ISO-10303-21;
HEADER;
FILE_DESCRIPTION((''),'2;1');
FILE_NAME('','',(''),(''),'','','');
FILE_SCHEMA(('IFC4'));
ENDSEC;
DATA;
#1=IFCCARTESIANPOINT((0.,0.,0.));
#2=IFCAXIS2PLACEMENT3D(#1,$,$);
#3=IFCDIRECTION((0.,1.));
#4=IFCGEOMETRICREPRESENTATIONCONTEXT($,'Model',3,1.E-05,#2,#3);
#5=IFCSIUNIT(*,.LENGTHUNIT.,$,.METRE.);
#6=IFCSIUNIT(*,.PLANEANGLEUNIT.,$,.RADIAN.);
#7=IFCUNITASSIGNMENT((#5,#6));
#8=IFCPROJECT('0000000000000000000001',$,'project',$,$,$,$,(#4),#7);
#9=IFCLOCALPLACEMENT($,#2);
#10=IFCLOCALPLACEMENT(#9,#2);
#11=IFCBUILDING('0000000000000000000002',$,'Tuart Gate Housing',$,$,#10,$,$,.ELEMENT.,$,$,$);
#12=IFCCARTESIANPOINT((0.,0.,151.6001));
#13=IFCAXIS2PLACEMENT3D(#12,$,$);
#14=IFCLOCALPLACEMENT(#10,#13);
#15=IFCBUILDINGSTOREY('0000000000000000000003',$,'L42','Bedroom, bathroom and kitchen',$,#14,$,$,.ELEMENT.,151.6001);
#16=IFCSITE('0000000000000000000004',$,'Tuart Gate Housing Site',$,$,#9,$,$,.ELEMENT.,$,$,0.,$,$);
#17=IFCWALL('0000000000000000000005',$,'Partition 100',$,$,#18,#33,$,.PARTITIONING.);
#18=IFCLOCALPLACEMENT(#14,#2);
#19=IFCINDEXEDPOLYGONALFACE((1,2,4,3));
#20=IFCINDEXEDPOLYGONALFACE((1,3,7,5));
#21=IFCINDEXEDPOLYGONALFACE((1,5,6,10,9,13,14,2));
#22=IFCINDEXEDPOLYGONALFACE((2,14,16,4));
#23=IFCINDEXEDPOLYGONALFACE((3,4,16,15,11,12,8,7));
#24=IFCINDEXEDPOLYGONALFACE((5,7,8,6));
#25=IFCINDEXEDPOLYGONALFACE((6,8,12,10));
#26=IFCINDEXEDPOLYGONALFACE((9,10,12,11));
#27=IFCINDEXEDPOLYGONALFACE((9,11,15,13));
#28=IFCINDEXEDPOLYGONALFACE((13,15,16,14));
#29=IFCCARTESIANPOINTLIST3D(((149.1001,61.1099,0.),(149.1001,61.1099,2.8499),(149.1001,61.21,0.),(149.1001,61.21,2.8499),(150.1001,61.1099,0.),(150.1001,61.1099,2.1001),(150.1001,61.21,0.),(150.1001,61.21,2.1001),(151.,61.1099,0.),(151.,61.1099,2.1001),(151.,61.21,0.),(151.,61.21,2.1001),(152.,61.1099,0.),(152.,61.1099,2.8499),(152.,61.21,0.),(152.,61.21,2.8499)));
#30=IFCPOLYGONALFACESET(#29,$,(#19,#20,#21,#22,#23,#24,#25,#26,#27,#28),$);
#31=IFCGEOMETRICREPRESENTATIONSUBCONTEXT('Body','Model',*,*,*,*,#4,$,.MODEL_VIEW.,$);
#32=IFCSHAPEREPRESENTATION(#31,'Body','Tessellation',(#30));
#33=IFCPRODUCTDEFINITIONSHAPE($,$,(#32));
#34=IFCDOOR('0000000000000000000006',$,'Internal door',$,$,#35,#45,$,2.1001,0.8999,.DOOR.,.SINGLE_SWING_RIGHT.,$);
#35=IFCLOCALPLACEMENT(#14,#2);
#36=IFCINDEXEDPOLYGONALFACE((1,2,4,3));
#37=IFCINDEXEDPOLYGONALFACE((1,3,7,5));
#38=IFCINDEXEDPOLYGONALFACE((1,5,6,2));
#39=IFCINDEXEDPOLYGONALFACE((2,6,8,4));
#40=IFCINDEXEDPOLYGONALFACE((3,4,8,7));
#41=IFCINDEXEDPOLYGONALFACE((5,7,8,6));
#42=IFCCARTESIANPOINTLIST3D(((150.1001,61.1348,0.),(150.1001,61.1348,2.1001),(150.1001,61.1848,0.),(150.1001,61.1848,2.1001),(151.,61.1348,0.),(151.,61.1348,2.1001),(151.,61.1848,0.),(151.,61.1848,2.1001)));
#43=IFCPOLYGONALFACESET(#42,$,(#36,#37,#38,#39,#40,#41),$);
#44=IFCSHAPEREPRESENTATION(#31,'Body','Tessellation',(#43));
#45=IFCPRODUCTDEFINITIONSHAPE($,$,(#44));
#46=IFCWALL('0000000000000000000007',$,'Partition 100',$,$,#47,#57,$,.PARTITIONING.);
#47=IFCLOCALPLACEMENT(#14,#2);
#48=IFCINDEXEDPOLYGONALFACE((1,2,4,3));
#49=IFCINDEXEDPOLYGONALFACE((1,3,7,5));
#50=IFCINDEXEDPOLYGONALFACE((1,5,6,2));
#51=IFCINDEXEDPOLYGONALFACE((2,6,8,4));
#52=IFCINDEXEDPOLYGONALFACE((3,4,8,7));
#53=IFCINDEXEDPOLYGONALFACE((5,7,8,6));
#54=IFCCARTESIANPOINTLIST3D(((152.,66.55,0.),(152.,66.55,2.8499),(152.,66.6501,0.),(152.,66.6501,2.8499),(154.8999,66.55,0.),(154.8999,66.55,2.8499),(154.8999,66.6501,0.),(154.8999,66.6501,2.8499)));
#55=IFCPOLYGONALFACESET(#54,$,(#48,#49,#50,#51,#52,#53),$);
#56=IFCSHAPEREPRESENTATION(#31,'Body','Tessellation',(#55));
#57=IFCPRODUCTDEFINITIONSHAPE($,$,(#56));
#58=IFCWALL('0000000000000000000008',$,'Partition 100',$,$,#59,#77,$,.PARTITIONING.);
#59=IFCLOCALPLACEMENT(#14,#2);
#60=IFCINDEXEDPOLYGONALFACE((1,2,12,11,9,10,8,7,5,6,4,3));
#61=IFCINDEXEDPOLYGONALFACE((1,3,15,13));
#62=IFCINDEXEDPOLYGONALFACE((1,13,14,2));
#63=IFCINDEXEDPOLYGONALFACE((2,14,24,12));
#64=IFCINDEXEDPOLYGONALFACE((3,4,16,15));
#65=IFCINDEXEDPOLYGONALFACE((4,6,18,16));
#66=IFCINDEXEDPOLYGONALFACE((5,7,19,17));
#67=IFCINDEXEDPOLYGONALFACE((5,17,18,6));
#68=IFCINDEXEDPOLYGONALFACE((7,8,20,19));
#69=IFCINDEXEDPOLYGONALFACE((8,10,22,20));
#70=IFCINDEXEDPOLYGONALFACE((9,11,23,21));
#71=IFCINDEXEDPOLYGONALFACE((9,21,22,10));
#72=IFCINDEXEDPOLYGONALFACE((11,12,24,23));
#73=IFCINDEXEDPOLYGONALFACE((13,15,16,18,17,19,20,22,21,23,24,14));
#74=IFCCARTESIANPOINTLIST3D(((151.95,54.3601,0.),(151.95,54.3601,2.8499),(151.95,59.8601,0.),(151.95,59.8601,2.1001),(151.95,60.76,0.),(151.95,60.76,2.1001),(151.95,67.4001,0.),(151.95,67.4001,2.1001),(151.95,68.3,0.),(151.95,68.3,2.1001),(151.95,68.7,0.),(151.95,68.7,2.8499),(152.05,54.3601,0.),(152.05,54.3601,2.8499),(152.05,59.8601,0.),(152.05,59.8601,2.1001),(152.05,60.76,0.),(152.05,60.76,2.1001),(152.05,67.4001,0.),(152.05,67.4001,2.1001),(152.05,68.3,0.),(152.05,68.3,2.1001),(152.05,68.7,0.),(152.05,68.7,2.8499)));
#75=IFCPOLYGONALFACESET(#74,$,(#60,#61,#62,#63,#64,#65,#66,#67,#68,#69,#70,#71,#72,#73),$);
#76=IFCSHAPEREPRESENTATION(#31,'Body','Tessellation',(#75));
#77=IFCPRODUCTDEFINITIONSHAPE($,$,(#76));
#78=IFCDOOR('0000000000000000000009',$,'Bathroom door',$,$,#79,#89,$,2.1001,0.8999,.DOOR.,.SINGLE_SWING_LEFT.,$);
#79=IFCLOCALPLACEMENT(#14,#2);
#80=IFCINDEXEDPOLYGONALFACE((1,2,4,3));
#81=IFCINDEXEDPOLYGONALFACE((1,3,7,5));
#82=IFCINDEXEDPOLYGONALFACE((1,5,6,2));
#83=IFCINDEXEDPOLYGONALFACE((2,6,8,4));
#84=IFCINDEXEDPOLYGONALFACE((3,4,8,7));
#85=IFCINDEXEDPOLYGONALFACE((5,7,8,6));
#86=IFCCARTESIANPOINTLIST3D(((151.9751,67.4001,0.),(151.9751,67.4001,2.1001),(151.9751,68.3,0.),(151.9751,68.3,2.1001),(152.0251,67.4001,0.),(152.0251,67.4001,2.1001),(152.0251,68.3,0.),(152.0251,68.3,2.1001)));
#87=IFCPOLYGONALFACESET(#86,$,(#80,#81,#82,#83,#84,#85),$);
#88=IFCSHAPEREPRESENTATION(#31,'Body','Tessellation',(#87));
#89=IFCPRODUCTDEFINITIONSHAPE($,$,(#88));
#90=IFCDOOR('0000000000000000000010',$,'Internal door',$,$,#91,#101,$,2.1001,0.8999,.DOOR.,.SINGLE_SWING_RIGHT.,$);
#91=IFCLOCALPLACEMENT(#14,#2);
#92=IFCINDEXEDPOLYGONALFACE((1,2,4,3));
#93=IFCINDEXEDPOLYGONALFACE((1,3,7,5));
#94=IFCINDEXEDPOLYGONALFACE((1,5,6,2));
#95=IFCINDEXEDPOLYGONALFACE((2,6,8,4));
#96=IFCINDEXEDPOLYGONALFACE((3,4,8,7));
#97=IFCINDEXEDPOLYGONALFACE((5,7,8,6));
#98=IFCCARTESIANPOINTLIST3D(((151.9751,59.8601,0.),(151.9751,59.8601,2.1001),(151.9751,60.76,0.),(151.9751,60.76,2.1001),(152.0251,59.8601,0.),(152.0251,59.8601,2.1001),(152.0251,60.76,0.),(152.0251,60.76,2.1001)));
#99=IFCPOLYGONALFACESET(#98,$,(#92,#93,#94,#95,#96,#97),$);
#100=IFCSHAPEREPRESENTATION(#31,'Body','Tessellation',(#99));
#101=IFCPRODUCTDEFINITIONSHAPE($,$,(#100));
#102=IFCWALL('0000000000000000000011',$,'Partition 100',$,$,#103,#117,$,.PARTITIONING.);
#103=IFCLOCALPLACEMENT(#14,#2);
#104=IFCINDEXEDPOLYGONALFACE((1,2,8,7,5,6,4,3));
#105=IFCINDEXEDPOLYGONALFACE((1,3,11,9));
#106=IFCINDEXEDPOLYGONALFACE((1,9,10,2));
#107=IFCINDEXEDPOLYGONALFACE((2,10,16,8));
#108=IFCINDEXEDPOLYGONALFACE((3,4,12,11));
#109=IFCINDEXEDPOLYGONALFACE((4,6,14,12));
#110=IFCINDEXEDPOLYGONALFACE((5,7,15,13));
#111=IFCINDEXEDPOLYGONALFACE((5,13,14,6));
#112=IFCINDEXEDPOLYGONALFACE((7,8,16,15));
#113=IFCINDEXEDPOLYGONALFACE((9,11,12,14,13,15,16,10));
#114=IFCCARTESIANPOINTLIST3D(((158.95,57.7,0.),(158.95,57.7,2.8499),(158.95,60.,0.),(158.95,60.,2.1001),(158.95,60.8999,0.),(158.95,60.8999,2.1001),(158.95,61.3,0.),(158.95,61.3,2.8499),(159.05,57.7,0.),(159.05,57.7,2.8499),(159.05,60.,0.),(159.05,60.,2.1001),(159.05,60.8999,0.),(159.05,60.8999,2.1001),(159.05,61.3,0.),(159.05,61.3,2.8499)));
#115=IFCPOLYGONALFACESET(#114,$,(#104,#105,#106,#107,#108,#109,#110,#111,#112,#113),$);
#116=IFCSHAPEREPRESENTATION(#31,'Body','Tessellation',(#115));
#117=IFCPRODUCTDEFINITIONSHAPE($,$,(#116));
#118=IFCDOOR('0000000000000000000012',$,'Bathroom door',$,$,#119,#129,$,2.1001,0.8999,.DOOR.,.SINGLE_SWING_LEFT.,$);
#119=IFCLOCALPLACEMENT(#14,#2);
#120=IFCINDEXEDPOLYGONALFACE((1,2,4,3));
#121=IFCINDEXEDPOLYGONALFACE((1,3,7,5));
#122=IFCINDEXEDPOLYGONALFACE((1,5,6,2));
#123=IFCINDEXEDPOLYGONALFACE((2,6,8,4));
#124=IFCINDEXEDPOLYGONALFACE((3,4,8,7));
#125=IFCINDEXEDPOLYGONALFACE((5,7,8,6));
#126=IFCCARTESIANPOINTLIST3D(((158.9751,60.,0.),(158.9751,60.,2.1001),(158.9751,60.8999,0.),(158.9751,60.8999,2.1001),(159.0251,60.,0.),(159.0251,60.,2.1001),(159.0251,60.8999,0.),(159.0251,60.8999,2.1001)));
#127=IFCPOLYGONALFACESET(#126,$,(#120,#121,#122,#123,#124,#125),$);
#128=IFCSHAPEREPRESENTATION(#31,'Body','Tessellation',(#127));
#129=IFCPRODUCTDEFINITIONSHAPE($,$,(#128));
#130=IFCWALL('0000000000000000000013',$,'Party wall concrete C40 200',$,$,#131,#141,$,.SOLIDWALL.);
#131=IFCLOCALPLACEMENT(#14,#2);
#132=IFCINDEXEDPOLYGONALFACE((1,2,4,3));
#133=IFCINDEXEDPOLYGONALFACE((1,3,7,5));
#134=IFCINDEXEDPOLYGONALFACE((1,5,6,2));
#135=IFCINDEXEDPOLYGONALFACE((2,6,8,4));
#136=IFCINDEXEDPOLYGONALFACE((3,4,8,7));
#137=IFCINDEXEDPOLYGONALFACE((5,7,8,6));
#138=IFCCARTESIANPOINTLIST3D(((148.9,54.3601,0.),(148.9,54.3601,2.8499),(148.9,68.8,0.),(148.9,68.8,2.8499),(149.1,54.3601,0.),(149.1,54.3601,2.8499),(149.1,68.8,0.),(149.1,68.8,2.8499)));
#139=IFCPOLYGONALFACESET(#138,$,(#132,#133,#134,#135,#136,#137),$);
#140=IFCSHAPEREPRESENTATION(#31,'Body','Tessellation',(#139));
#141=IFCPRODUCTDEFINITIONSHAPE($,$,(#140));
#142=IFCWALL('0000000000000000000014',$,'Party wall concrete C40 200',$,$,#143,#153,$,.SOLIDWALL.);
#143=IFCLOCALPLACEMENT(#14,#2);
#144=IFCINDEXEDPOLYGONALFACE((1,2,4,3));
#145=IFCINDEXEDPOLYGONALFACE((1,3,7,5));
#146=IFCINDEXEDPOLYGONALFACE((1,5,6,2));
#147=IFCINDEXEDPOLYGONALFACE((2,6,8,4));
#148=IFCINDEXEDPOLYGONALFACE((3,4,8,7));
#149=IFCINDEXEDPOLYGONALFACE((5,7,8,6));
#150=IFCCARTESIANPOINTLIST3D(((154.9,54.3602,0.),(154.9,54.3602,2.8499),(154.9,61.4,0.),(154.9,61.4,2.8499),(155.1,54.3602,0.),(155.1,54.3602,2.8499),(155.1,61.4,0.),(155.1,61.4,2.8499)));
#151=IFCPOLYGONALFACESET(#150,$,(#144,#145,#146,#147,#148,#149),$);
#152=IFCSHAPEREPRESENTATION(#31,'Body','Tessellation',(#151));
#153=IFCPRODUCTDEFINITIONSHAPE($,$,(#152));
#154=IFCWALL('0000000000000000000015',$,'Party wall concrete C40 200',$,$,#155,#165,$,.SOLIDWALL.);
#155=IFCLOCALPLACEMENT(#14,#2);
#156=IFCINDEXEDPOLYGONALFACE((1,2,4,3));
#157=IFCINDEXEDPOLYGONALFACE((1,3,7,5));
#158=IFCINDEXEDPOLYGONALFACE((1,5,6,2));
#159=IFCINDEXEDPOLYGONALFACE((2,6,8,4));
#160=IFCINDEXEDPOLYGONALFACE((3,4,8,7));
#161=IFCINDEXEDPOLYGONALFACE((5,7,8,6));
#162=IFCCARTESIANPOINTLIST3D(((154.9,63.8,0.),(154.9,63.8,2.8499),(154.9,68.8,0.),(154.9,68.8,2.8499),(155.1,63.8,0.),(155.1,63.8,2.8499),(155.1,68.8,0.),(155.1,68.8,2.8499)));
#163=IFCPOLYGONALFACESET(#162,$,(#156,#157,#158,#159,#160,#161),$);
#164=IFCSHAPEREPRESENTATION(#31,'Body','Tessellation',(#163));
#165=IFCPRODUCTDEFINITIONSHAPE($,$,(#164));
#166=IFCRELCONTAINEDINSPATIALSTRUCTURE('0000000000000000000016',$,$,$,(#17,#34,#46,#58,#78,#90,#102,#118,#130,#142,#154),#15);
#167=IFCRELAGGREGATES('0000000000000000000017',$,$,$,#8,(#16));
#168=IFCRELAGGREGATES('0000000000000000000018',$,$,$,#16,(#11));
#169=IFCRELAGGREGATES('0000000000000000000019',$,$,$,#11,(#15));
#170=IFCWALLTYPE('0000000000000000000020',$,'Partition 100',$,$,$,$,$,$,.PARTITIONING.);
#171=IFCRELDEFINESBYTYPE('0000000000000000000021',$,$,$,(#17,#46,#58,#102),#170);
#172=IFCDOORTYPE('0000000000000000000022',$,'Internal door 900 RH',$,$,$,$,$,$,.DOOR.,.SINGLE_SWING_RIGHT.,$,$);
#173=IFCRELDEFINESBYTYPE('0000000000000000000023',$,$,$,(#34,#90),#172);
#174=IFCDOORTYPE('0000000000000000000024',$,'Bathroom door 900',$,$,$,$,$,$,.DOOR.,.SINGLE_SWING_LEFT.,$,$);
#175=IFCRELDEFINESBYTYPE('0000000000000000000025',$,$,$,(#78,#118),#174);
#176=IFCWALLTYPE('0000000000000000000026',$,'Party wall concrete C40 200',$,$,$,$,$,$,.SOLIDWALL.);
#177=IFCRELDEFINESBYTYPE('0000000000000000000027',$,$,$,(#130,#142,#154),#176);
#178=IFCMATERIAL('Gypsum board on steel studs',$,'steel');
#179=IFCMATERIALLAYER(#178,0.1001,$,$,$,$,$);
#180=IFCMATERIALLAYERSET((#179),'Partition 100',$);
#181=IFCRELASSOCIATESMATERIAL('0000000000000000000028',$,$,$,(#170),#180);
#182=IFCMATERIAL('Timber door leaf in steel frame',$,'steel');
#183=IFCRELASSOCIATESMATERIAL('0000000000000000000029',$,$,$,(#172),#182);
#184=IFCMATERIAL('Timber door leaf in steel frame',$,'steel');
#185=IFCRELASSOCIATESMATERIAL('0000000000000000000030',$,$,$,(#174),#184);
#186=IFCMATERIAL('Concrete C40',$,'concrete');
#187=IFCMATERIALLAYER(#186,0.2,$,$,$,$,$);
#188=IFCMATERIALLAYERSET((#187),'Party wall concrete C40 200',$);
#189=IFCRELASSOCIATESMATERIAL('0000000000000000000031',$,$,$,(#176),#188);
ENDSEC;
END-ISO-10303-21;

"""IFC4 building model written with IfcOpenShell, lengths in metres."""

from ifc_helpers import new_model, si_unit, direction, frame, frame_2d, origin, place, context, subcontext, project, spatial, rectangle, extrude, material, layer, layer_set, type_object, element, fill, save


model = new_model("IFC4")

# Units and contexts
model_context = context("Model", 3, precision=1e-05, world=origin(), true_north=direction((0.0, 1.0)))
body_context = subcontext(model_context, "Body", "Model", "MODEL_VIEW")
ifc_project = project(units=[si_unit("LENGTHUNIT", "METRE"), si_unit("PLANEANGLEUNIT", "RADIAN")], contexts=[model_context])

# Site, building, storey
site_placement = place(None, origin())
site = spatial("IfcSite", under=ifc_project, at=site_placement, Name="Tuart Gate Housing Site", CompositionType="ELEMENT", RefElevation=0.0)
building_placement = place(site_placement, origin())
building = spatial("IfcBuilding", under=site, at=building_placement, Name="Tuart Gate Housing", CompositionType="ELEMENT")
storey_placement = place(building_placement, frame((0.0, 0.0, 151.6001)))
storey = spatial("IfcBuildingStorey", under=building, at=storey_placement, Name="L42", Description="Bedroom, bathroom and kitchen", CompositionType="ELEMENT", Elevation=151.6001)

# Shared definitions
ifc_material_1 = material(Name="Gypsum board on steel studs", Category="steel")
ifc_layer_1 = layer(ifc_material_1, 0.1001)
ifc_layer_set_1 = layer_set([ifc_layer_1], Name="Partition 100")
wall_type_1 = type_object("IfcWallType", Name="Partition 100", PredefinedType="PARTITIONING", material=ifc_layer_set_1)

# Wall, opening, door
wall_1_placement = place(storey_placement, frame((149.1001, 61.1599, 0.0), z_axis=(0.0, 0.0, 1.0), x_axis=(1.0, 0.0, 0.0)))
wall_1 = element("IfcWall", 1, at=wall_1_placement, inside=storey, type_object=wall_type_1, Name="Partition 100", PredefinedType="PARTITIONING", context=body_context, shape_type="SweptSolid", body=[
    extrude(rectangle(XDim=2.8999, YDim=0.1001, at=frame_2d((1.45, 0.0))), origin(), (0.0, 0.0, 1.0), 2.8499),
])
opening_1_placement = place(wall_1_placement, frame((1.0, 0.0, 0.0)))
opening_1 = element("IfcOpeningElement", 2, at=opening_1_placement, cuts=wall_1, PredefinedType="OPENING", context=body_context, shape_type="SweptSolid", body=[
    extrude(rectangle(XDim=0.8999, YDim=2.1001, at=frame_2d((0.45, 1.05))), frame((0.0, 0.0601, 0.0), z_axis=(0.0, -1.0, 0.0), x_axis=(1.0, 0.0, 0.0)), (0.0, 0.0, 1.0), 0.1201),
])
ifc_material_2 = material(Name="Timber door leaf in steel frame", Category="steel")
door_type_1 = type_object("IfcDoorType", Name="Internal door 900 RH", OperationType="SINGLE_SWING_RIGHT", PredefinedType="DOOR", material=ifc_material_2)
door_1_placement = place(opening_1_placement, origin())
door_1 = element("IfcDoor", 3, at=door_1_placement, inside=storey, type_object=door_type_1, Name="Internal door", OperationType="SINGLE_SWING_RIGHT", OverallHeight=2.1001, OverallWidth=0.8999, PredefinedType="DOOR", context=body_context, shape_type="SweptSolid", body=[
    extrude(rectangle(XDim=0.8999, YDim=2.1001, at=frame_2d((0.45, 1.05))), frame((0.0, 0.0249, 0.0), z_axis=(0.0, -1.0, 0.0), x_axis=(1.0, 0.0, 0.0)), (0.0, 0.0, 1.0), 0.05),
])
fill(opening_1, door_1)

# Wall
wall_2_placement = place(storey_placement, frame((152.0, 66.6001, 0.0), z_axis=(0.0, 0.0, 1.0), x_axis=(1.0, 0.0, 0.0)))
element("IfcWall", 4, at=wall_2_placement, inside=storey, type_object=wall_type_1, Name="Partition 100", PredefinedType="PARTITIONING", context=body_context, shape_type="SweptSolid", body=[
    extrude(rectangle(XDim=2.8999, YDim=0.1001, at=frame_2d((1.45, 0.0))), origin(), (0.0, 0.0, 1.0), 2.8499),
])

# Wall, openings, doors
wall_3_placement = place(storey_placement, frame((152.0, 54.3601, 0.0), z_axis=(0.0, 0.0, 1.0), x_axis=(0.0, 1.0, 0.0)))
wall_3 = element("IfcWall", 5, at=wall_3_placement, inside=storey, type_object=wall_type_1, Name="Partition 100", PredefinedType="PARTITIONING", context=body_context, shape_type="SweptSolid", body=[
    extrude(rectangle(XDim=14.3398, YDim=0.1001, at=frame_2d((7.1699, 0.0))), origin(), (0.0, 0.0, 1.0), 2.8499),
])
opening_2_placement = place(wall_3_placement, frame((5.5, 0.0, 0.0)))
opening_2 = element("IfcOpeningElement", 6, at=opening_2_placement, cuts=wall_3, PredefinedType="OPENING", context=body_context, shape_type="SweptSolid", body=[
    extrude(rectangle(XDim=0.8999, YDim=2.1001, at=frame_2d((0.45, 1.05))), frame((0.0, 0.0601, 0.0), z_axis=(0.0, -1.0, 0.0), x_axis=(1.0, 0.0, 0.0)), (0.0, 0.0, 1.0), 0.1201),
])
opening_3_placement = place(wall_3_placement, frame((13.04, 0.0, 0.0)))
opening_3 = element("IfcOpeningElement", 7, at=opening_3_placement, cuts=wall_3, PredefinedType="OPENING", context=body_context, shape_type="SweptSolid", body=[
    extrude(rectangle(XDim=0.8999, YDim=2.1001, at=frame_2d((0.45, 1.05))), frame((0.0, 0.0601, 0.0), z_axis=(0.0, -1.0, 0.0), x_axis=(1.0, 0.0, 0.0)), (0.0, 0.0, 1.0), 0.1201),
])
ifc_material_3 = material(Name="Timber door leaf in steel frame", Category="steel")
door_type_2 = type_object("IfcDoorType", Name="Bathroom door 900", OperationType="SINGLE_SWING_LEFT", PredefinedType="DOOR", material=ifc_material_3)
door_2_placement = place(opening_3_placement, frame((0.8999, 0.0, 0.0), z_axis=(0.0, 0.0, 1.0), x_axis=(-1.0, 0.0, 0.0)))
door_2 = element("IfcDoor", 8, at=door_2_placement, inside=storey, type_object=door_type_2, Name="Bathroom door", OperationType="SINGLE_SWING_LEFT", OverallHeight=2.1001, OverallWidth=0.8999, PredefinedType="DOOR", context=body_context, shape_type="SweptSolid", body=[
    extrude(rectangle(XDim=0.8999, YDim=2.1001, at=frame_2d((0.45, 1.05))), frame((0.0, 0.0251, 0.0), z_axis=(0.0, -1.0, 0.0), x_axis=(1.0, 0.0, 0.0)), (0.0, 0.0, 1.0), 0.05),
])
fill(opening_3, door_2)
door_3_placement = place(opening_2_placement, frame((0.8999, 0.0, 0.0), z_axis=(0.0, 0.0, 1.0), x_axis=(-1.0, 0.0, 0.0)))
door_3 = element("IfcDoor", 9, at=door_3_placement, inside=storey, type_object=door_type_1, Name="Internal door", OperationType="SINGLE_SWING_RIGHT", OverallHeight=2.1001, OverallWidth=0.8999, PredefinedType="DOOR", context=body_context, shape_type="SweptSolid", body=[
    extrude(rectangle(XDim=0.8999, YDim=2.1001, at=frame_2d((0.45, 1.05))), frame((0.0, 0.0251, 0.0), z_axis=(0.0, -1.0, 0.0), x_axis=(1.0, 0.0, 0.0)), (0.0, 0.0, 1.0), 0.05),
])
fill(opening_2, door_3)

# Wall, opening, door
wall_4_placement = place(storey_placement, frame((159.0, 57.7, 0.0), z_axis=(0.0, 0.0, 1.0), x_axis=(0.0, 1.0, 0.0)))
wall_4 = element("IfcWall", 10, at=wall_4_placement, inside=storey, type_object=wall_type_1, Name="Partition 100", PredefinedType="PARTITIONING", context=body_context, shape_type="SweptSolid", body=[
    extrude(rectangle(XDim=3.6001, YDim=0.1001, at=frame_2d((1.8, 0.0))), origin(), (0.0, 0.0, 1.0), 2.8499),
])
opening_4_placement = place(wall_4_placement, frame((2.3, 0.0, 0.0)))
opening_4 = element("IfcOpeningElement", 11, at=opening_4_placement, cuts=wall_4, PredefinedType="OPENING", context=body_context, shape_type="SweptSolid", body=[
    extrude(rectangle(XDim=0.8999, YDim=2.1001, at=frame_2d((0.45, 1.05))), frame((0.0, 0.0601, 0.0), z_axis=(0.0, -1.0, 0.0), x_axis=(1.0, 0.0, 0.0)), (0.0, 0.0, 1.0), 0.1201),
])
door_4_placement = place(opening_4_placement, frame((0.8999, 0.0, 0.0), z_axis=(0.0, 0.0, 1.0), x_axis=(-1.0, 0.0, 0.0)))
door_4 = element("IfcDoor", 12, at=door_4_placement, inside=storey, type_object=door_type_2, Name="Bathroom door", OperationType="SINGLE_SWING_LEFT", OverallHeight=2.1001, OverallWidth=0.8999, PredefinedType="DOOR", context=body_context, shape_type="SweptSolid", body=[
    extrude(rectangle(XDim=0.8999, YDim=2.1001, at=frame_2d((0.45, 1.05))), frame((0.0, 0.0251, 0.0), z_axis=(0.0, -1.0, 0.0), x_axis=(1.0, 0.0, 0.0)), (0.0, 0.0, 1.0), 0.05),
])
fill(opening_4, door_4)

# Walls
ifc_material_4 = material(Name="Concrete C40", Category="concrete")
ifc_layer_2 = layer(ifc_material_4, 0.2)
ifc_layer_set_2 = layer_set([ifc_layer_2], Name="Party wall concrete C40 200")
wall_type_2 = type_object("IfcWallType", Name="Party wall concrete C40 200", PredefinedType="SOLIDWALL", material=ifc_layer_set_2)
wall_5_placement = place(storey_placement, frame((149.0, 54.3601, 0.0), z_axis=(0.0, 0.0, 1.0), x_axis=(0.0, 1.0, 0.0)))
element("IfcWall", 13, at=wall_5_placement, inside=storey, type_object=wall_type_2, Name="Party wall concrete C40 200", PredefinedType="SOLIDWALL", context=body_context, shape_type="SweptSolid", body=[
    extrude(rectangle(XDim=14.4399, YDim=0.2, at=frame_2d((7.22, 0.0))), origin(), (0.0, 0.0, 1.0), 2.8499),
])
wall_6_placement = place(storey_placement, frame((155.0, 54.3601, 0.0), z_axis=(0.0, 0.0, 1.0), x_axis=(0.0, 1.0, 0.0)))
element("IfcWall", 14, at=wall_6_placement, inside=storey, type_object=wall_type_2, Name="Party wall concrete C40 200", PredefinedType="SOLIDWALL", context=body_context, shape_type="SweptSolid", body=[
    extrude(rectangle(XDim=7.0398, YDim=0.2, at=frame_2d((3.52, 0.0))), origin(), (0.0, 0.0, 1.0), 2.8499),
])
wall_7_placement = place(storey_placement, frame((155.0, 63.8, 0.0), z_axis=(0.0, 0.0, 1.0), x_axis=(0.0, 1.0, 0.0)))
element("IfcWall", 15, at=wall_7_placement, inside=storey, type_object=wall_type_2, Name="Party wall concrete C40 200", PredefinedType="SOLIDWALL", context=body_context, shape_type="SweptSolid", body=[
    extrude(rectangle(XDim=5.0, YDim=0.2, at=frame_2d((2.5, 0.0))), origin(), (0.0, 0.0, 1.0), 2.8499),
])

save(model, "model.ifc")
